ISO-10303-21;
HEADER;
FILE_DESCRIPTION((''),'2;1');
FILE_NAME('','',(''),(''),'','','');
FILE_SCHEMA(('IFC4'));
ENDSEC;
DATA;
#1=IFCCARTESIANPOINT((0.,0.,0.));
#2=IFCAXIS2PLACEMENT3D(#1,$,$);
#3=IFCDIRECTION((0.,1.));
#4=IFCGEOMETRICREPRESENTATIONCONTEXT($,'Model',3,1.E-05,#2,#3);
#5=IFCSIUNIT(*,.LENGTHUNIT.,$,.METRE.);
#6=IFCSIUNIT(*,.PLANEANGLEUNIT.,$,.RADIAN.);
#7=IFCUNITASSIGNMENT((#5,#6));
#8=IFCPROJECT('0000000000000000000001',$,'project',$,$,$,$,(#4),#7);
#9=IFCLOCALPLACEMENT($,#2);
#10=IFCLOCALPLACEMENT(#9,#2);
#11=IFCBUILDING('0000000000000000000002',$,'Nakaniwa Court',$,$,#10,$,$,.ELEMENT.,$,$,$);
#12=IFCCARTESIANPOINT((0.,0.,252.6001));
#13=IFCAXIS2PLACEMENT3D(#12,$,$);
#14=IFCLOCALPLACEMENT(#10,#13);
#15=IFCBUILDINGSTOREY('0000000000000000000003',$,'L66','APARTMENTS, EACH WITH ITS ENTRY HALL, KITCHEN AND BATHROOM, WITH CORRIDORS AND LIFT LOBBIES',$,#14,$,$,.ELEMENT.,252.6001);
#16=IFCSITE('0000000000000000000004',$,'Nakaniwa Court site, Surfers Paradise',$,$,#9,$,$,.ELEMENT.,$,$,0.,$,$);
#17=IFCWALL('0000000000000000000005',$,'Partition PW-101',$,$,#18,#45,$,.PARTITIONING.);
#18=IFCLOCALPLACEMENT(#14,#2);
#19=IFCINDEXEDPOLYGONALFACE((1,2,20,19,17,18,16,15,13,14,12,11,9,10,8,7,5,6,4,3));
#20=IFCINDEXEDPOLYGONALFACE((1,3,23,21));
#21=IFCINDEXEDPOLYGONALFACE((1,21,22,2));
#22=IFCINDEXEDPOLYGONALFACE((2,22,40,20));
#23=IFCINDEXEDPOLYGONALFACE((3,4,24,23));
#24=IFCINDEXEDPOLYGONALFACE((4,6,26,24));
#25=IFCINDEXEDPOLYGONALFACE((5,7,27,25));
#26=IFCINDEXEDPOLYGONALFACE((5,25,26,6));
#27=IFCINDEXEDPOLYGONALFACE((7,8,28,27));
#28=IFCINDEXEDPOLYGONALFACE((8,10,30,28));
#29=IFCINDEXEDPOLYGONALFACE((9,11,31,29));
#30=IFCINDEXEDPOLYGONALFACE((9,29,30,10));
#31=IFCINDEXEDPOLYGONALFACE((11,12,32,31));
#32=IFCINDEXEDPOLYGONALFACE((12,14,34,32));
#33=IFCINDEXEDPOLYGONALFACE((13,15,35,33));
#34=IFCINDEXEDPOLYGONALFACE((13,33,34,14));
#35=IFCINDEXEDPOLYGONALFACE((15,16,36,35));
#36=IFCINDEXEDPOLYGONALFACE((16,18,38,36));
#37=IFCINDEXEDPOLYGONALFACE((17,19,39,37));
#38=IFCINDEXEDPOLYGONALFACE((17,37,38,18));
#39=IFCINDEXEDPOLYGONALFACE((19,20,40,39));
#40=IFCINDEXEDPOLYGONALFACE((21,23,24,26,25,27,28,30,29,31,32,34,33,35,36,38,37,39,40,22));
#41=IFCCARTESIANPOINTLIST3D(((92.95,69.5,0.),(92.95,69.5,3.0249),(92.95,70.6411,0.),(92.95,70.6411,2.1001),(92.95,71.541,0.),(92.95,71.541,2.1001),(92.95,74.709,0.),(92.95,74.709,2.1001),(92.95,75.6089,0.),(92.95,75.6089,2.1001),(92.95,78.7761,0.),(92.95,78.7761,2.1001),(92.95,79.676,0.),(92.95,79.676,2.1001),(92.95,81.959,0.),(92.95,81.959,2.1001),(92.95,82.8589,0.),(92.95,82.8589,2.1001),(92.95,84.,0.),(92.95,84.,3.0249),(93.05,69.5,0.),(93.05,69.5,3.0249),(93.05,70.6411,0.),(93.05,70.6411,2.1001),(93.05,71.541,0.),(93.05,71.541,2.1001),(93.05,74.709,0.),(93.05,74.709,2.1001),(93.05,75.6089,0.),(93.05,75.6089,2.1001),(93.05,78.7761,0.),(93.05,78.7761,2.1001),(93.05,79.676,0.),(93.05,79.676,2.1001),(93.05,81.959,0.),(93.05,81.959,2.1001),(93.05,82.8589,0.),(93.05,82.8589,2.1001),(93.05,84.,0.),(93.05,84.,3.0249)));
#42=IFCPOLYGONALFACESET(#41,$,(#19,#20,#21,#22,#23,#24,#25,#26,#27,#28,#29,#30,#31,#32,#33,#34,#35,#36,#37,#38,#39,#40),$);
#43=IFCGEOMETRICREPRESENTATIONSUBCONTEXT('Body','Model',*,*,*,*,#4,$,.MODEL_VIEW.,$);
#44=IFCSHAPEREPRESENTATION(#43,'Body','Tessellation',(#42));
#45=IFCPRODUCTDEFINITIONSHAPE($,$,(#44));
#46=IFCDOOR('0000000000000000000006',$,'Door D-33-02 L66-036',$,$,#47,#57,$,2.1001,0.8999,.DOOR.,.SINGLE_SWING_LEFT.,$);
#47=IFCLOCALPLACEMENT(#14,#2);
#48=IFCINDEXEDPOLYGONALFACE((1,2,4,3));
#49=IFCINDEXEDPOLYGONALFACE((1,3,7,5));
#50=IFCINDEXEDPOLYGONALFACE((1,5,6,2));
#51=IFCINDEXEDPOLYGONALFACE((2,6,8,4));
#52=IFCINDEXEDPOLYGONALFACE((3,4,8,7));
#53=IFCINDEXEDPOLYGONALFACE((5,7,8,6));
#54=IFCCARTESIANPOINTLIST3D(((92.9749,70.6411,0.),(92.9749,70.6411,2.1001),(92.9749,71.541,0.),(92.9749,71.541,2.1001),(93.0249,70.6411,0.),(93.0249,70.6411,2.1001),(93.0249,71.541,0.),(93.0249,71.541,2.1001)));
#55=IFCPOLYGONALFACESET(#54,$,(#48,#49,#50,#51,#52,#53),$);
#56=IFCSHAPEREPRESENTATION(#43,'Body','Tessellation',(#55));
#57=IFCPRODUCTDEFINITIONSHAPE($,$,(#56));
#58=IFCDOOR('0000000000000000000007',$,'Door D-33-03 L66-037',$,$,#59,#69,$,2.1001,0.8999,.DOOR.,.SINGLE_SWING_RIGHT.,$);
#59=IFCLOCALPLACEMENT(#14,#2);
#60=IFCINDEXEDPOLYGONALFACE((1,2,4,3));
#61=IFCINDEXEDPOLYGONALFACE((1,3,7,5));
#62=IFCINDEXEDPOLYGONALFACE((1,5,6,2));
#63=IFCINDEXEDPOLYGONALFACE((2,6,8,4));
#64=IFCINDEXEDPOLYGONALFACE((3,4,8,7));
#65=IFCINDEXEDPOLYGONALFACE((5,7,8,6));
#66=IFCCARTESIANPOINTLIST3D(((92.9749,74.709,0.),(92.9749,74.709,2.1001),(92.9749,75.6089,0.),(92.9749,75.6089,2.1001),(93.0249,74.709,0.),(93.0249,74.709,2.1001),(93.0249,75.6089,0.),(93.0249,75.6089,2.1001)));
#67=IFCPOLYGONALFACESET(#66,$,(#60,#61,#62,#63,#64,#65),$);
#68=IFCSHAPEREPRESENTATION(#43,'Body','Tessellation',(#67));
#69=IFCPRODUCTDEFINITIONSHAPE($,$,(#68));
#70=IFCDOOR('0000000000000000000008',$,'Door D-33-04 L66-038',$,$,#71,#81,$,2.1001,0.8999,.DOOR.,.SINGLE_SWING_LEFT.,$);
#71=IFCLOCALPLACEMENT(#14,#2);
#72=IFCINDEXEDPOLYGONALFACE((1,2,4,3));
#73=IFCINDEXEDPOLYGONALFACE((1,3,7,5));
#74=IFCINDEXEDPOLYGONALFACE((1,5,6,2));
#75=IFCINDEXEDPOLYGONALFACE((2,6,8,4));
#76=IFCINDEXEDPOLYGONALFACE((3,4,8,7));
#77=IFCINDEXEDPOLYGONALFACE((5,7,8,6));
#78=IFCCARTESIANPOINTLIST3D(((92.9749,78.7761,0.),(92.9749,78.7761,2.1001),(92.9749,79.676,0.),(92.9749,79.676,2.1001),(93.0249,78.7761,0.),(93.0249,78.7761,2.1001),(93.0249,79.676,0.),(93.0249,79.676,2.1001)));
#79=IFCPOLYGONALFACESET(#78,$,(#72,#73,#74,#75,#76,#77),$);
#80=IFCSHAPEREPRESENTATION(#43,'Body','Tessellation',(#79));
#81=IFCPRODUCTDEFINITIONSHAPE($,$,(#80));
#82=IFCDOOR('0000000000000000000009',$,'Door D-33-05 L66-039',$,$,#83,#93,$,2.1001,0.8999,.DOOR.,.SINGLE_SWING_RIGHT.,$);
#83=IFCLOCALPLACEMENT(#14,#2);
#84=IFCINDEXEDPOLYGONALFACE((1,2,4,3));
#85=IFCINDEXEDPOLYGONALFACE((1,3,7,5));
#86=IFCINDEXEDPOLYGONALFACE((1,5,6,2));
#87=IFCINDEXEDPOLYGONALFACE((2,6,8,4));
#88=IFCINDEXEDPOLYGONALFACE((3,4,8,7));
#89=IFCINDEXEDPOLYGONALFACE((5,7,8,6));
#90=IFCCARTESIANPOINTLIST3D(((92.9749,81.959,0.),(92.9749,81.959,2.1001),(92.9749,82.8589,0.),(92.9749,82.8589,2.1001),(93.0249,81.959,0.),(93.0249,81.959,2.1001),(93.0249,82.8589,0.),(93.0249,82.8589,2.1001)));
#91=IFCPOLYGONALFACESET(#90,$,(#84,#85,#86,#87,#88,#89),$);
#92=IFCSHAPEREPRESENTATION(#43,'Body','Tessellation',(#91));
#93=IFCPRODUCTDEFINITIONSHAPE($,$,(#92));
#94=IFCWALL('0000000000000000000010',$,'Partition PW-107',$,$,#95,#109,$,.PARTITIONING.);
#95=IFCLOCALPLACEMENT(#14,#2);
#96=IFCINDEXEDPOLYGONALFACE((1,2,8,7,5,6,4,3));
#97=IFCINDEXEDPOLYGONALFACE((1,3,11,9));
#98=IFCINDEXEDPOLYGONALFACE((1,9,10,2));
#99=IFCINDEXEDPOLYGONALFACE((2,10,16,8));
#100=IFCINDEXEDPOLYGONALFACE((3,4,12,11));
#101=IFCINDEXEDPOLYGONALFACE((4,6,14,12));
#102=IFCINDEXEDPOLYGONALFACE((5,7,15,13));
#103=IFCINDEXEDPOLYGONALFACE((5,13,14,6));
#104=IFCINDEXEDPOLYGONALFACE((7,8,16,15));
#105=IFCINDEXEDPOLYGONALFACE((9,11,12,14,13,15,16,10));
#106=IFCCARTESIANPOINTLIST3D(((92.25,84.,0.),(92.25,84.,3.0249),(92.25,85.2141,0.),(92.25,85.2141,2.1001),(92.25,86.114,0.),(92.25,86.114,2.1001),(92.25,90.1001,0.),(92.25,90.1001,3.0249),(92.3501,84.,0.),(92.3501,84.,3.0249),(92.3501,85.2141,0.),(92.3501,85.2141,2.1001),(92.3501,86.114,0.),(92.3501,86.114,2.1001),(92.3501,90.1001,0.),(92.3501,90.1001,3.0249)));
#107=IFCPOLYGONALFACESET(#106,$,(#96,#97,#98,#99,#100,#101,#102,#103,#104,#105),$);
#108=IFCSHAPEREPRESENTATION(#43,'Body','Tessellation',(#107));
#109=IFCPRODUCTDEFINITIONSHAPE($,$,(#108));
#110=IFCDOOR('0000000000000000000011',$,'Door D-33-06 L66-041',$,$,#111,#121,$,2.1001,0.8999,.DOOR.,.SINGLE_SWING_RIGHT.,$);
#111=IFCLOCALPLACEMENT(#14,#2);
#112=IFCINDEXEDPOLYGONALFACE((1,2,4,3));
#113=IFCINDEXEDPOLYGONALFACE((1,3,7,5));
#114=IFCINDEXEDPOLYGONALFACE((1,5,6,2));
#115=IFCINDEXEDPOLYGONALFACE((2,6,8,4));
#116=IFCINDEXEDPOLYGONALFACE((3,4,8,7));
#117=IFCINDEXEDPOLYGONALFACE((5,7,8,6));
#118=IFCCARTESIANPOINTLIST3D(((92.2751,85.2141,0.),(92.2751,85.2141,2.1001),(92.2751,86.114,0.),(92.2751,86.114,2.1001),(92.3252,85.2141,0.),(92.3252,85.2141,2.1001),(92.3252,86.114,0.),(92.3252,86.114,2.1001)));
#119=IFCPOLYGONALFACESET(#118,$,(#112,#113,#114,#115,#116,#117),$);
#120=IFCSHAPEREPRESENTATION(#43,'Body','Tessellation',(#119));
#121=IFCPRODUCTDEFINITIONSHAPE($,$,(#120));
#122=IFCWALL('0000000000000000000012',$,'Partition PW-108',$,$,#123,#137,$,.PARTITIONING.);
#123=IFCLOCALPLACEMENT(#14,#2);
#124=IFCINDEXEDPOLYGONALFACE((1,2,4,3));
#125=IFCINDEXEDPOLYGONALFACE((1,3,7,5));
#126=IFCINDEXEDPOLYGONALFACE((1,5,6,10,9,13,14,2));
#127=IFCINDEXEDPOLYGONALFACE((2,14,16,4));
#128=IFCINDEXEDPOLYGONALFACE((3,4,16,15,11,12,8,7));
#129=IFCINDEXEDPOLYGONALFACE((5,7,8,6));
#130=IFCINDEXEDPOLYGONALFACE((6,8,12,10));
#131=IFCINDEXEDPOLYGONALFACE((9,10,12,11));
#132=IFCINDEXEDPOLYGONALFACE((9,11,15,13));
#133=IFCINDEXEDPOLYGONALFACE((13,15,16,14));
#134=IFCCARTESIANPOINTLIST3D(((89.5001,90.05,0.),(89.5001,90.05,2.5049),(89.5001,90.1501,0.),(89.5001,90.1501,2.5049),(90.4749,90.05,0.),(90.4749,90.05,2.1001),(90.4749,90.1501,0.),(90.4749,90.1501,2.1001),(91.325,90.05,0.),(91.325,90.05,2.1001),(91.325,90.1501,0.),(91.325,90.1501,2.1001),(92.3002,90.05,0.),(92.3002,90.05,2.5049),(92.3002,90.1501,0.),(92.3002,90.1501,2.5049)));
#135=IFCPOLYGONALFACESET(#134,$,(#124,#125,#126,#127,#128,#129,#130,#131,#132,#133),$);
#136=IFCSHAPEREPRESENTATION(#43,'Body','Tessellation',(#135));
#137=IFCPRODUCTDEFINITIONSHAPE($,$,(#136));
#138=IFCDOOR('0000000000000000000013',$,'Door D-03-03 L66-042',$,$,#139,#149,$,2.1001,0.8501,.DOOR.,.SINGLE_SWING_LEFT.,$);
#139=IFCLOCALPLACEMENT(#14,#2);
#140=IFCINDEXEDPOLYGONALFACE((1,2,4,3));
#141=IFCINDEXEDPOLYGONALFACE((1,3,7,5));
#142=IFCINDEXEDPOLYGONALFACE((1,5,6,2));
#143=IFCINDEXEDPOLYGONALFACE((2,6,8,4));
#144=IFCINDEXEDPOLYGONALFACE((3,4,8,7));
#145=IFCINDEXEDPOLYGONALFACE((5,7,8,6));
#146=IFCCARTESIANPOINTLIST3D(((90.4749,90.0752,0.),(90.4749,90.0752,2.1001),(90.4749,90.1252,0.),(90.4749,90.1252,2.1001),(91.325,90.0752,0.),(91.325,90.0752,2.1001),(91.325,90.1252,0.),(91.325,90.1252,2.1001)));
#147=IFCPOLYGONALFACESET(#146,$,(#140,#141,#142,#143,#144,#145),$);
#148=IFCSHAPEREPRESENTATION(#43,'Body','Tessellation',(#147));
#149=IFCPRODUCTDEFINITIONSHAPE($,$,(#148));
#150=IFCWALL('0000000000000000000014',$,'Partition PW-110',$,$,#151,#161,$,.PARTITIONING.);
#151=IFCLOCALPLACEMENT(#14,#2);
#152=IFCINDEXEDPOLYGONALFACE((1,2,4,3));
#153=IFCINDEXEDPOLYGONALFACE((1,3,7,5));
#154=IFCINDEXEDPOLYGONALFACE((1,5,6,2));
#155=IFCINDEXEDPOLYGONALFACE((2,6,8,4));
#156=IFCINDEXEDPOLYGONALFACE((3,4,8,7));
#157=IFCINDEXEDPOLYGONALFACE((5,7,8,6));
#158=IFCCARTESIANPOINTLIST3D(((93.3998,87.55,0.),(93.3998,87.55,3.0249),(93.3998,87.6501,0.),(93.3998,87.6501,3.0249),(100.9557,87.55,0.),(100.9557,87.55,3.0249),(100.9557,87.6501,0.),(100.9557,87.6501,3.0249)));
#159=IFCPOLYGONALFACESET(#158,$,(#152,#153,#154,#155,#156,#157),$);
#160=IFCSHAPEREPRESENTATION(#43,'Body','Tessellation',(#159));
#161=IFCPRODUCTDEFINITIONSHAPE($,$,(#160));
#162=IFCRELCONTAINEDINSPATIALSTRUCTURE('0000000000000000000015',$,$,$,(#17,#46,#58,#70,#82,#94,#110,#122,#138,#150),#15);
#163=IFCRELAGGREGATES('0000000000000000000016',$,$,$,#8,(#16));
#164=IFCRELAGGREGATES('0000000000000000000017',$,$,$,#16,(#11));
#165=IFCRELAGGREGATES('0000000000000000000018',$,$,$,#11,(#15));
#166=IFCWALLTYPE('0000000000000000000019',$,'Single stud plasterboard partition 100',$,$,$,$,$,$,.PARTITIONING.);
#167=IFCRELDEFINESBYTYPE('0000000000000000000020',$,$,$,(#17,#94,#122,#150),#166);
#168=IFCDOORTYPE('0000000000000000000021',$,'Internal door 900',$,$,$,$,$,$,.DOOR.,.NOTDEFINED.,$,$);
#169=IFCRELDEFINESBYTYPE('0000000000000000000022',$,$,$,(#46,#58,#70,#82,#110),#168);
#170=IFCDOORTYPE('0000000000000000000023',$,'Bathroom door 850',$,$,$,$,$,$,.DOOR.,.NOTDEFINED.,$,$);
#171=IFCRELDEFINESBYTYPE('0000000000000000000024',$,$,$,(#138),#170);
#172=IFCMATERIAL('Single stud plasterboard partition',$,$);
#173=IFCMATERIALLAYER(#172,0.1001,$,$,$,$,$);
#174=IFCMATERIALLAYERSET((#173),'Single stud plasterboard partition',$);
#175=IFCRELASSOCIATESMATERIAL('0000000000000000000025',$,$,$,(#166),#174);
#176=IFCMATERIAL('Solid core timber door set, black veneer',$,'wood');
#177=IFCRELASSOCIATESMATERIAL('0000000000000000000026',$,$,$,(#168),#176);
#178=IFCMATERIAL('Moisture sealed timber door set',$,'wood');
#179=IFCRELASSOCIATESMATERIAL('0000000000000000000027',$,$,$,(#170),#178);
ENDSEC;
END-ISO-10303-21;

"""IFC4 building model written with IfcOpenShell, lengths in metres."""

from ifc_helpers import new_model, si_unit, direction, frame, frame_2d, origin, place, context, subcontext, project, spatial, rectangle, extrude, material, layer, layer_set, type_object, element, fill, save


model = new_model("IFC4")

# Units and contexts
model_context = context("Model", 3, precision=1e-05, world=origin(), true_north=direction((0.0, 1.0)))
body_context = subcontext(model_context, "Body", "Model", "MODEL_VIEW")
ifc_project = project(units=[si_unit("LENGTHUNIT", "METRE"), si_unit("PLANEANGLEUNIT", "RADIAN")], contexts=[model_context])

# Site, building, storey
site_placement = place(None, origin())
site = spatial("IfcSite", under=ifc_project, at=site_placement, Name="Nakaniwa Court site, Surfers Paradise", CompositionType="ELEMENT", RefElevation=0.0)
building_placement = place(site_placement, origin())
building = spatial("IfcBuilding", under=site, at=building_placement, Name="Nakaniwa Court", CompositionType="ELEMENT")
storey_placement = place(building_placement, frame((0.0, 0.0, 252.6001)))
storey = spatial("IfcBuildingStorey", under=building, at=storey_placement, Name="L66", Description="APARTMENTS, EACH WITH ITS ENTRY HALL, KITCHEN AND BATHROOM, WITH CORRIDORS AND LIFT LOBBIES", CompositionType="ELEMENT", Elevation=252.6001)

# Wall, openings, doors
ifc_material_1 = material(Name="Single stud plasterboard partition")
ifc_layer_1 = layer(ifc_material_1, 0.1001)
ifc_layer_set_1 = layer_set([ifc_layer_1], Name="Single stud plasterboard partition")
wall_type_1 = type_object("IfcWallType", Name="Single stud plasterboard partition 100", PredefinedType="PARTITIONING", material=ifc_layer_set_1)
wall_1_placement = place(storey_placement, frame((93.0, 84.0, 0.0), z_axis=(0.0, 0.0, 1.0), x_axis=(0.0, -1.0, 0.0)))
wall_1 = element("IfcWall", 1, at=wall_1_placement, inside=storey, type_object=wall_type_1, Name="Partition PW-101", PredefinedType="PARTITIONING", context=body_context, shape_type="SweptSolid", body=[
    extrude(rectangle(XDim=14.5, YDim=0.1001, at=frame_2d((7.25, 0.0))), origin(), (0.0, 0.0, 1.0), 3.0249),
])
opening_1_placement = place(wall_1_placement, frame((12.459, 0.0, 0.0)))
opening_1 = element("IfcOpeningElement", 2, at=opening_1_placement, cuts=wall_1, PredefinedType="OPENING", context=body_context, shape_type="SweptSolid", body=[
    extrude(rectangle(XDim=0.8999, YDim=2.1001, at=frame_2d((0.45, 1.05))), frame((0.0, 0.0601, 0.0), z_axis=(0.0, -1.0, 0.0), x_axis=(1.0, 0.0, 0.0)), (0.0, 0.0, 1.0), 0.1201),
])
opening_2_placement = place(wall_1_placement, frame((8.3911, 0.0, 0.0)))
opening_2 = element("IfcOpeningElement", 3, at=opening_2_placement, cuts=wall_1, PredefinedType="OPENING", context=body_context, shape_type="SweptSolid", body=[
    extrude(rectangle(XDim=0.8999, YDim=2.1001, at=frame_2d((0.45, 1.05))), frame((0.0, 0.0601, 0.0), z_axis=(0.0, -1.0, 0.0), x_axis=(1.0, 0.0, 0.0)), (0.0, 0.0, 1.0), 0.1201),
])
opening_3_placement = place(wall_1_placement, frame((4.324, 0.0, 0.0)))
opening_3 = element("IfcOpeningElement", 4, at=opening_3_placement, cuts=wall_1, PredefinedType="OPENING", context=body_context, shape_type="SweptSolid", body=[
    extrude(rectangle(XDim=0.8999, YDim=2.1001, at=frame_2d((0.45, 1.05))), frame((0.0, 0.0601, 0.0), z_axis=(0.0, -1.0, 0.0), x_axis=(1.0, 0.0, 0.0)), (0.0, 0.0, 1.0), 0.1201),
])
opening_4_placement = place(wall_1_placement, frame((1.1411, 0.0, 0.0)))
opening_4 = element("IfcOpeningElement", 5, at=opening_4_placement, cuts=wall_1, PredefinedType="OPENING", context=body_context, shape_type="SweptSolid", body=[
    extrude(rectangle(XDim=0.8999, YDim=2.1001, at=frame_2d((0.45, 1.05))), frame((0.0, 0.0601, 0.0), z_axis=(0.0, -1.0, 0.0), x_axis=(1.0, 0.0, 0.0)), (0.0, 0.0, 1.0), 0.1201),
])
ifc_material_2 = material(Name="Solid core timber door set, black veneer", Category="wood")
door_type_1 = type_object("IfcDoorType", Name="Internal door 900", OperationType="NOTDEFINED", PredefinedType="DOOR", material=ifc_material_2)
door_1_placement = place(opening_1_placement, origin())
door_1 = element("IfcDoor", 6, at=door_1_placement, inside=storey, type_object=door_type_1, Name="Door D-33-02 L66-036", OperationType="SINGLE_SWING_LEFT", OverallHeight=2.1001, OverallWidth=0.8999, PredefinedType="DOOR", context=body_context, shape_type="SweptSolid", body=[
    extrude(rectangle(XDim=0.8999, YDim=2.1001, at=frame_2d((0.45, 1.05))), frame((0.0, 0.0249, 0.0), z_axis=(0.0, -1.0, 0.0), x_axis=(1.0, 0.0, 0.0)), (0.0, 0.0, 1.0), 0.05),
])
fill(opening_1, door_1)
door_2_placement = place(opening_2_placement, origin())
door_2 = element("IfcDoor", 7, at=door_2_placement, inside=storey, type_object=door_type_1, Name="Door D-33-03 L66-037", OperationType="SINGLE_SWING_RIGHT", OverallHeight=2.1001, OverallWidth=0.8999, PredefinedType="DOOR", context=body_context, shape_type="SweptSolid", body=[
    extrude(rectangle(XDim=0.8999, YDim=2.1001, at=frame_2d((0.45, 1.05))), frame((0.0, 0.0249, 0.0), z_axis=(0.0, -1.0, 0.0), x_axis=(1.0, 0.0, 0.0)), (0.0, 0.0, 1.0), 0.05),
])
fill(opening_2, door_2)
door_3_placement = place(opening_3_placement, origin())
door_3 = element("IfcDoor", 8, at=door_3_placement, inside=storey, type_object=door_type_1, Name="Door D-33-04 L66-038", OperationType="SINGLE_SWING_LEFT", OverallHeight=2.1001, OverallWidth=0.8999, PredefinedType="DOOR", context=body_context, shape_type="SweptSolid", body=[
    extrude(rectangle(XDim=0.8999, YDim=2.1001, at=frame_2d((0.45, 1.05))), frame((0.0, 0.0249, 0.0), z_axis=(0.0, -1.0, 0.0), x_axis=(1.0, 0.0, 0.0)), (0.0, 0.0, 1.0), 0.05),
])
fill(opening_3, door_3)
door_4_placement = place(opening_4_placement, origin())
door_4 = element("IfcDoor", 9, at=door_4_placement, inside=storey, type_object=door_type_1, Name="Door D-33-05 L66-039", OperationType="SINGLE_SWING_RIGHT", OverallHeight=2.1001, OverallWidth=0.8999, PredefinedType="DOOR", context=body_context, shape_type="SweptSolid", body=[
    extrude(rectangle(XDim=0.8999, YDim=2.1001, at=frame_2d((0.45, 1.05))), frame((0.0, 0.0249, 0.0), z_axis=(0.0, -1.0, 0.0), x_axis=(1.0, 0.0, 0.0)), (0.0, 0.0, 1.0), 0.05),
])
fill(opening_4, door_4)

# Walls, openings, doors
wall_2_placement = place(storey_placement, frame((92.3, 84.0, 0.0), z_axis=(0.0, 0.0, 1.0), x_axis=(0.0, 1.0, 0.0)))
wall_2 = element("IfcWall", 10, at=wall_2_placement, inside=storey, type_object=wall_type_1, Name="Partition PW-107", PredefinedType="PARTITIONING", context=body_context, shape_type="SweptSolid", body=[
    extrude(rectangle(XDim=6.1001, YDim=0.1001, at=frame_2d((3.05, 0.0))), origin(), (0.0, 0.0, 1.0), 3.0249),
])
opening_5_placement = place(wall_2_placement, frame((1.2141, 0.0, 0.0)))
opening_5 = element("IfcOpeningElement", 11, at=opening_5_placement, cuts=wall_2, PredefinedType="OPENING", context=body_context, shape_type="SweptSolid", body=[
    extrude(rectangle(XDim=0.8999, YDim=2.1001, at=frame_2d((0.45, 1.05))), frame((0.0, 0.0601, 0.0), z_axis=(0.0, -1.0, 0.0), x_axis=(1.0, 0.0, 0.0)), (0.0, 0.0, 1.0), 0.1201),
])
door_5_placement = place(opening_5_placement, origin())
door_5 = element("IfcDoor", 12, at=door_5_placement, inside=storey, type_object=door_type_1, Name="Door D-33-06 L66-041", OperationType="SINGLE_SWING_RIGHT", OverallHeight=2.1001, OverallWidth=0.8999, PredefinedType="DOOR", context=body_context, shape_type="SweptSolid", body=[
    extrude(rectangle(XDim=0.8999, YDim=2.1001, at=frame_2d((0.45, 1.05))), frame((0.0, 0.0249, 0.0), z_axis=(0.0, -1.0, 0.0), x_axis=(1.0, 0.0, 0.0)), (0.0, 0.0, 1.0), 0.05),
])
fill(opening_5, door_5)
wall_3_placement = place(storey_placement, frame((92.3, 90.1001, 0.0), z_axis=(0.0, 0.0, 1.0), x_axis=(-1.0, 0.0, 0.0)))
wall_3 = element("IfcWall", 13, at=wall_3_placement, inside=storey, type_object=wall_type_1, Name="Partition PW-108", PredefinedType="PARTITIONING", context=body_context, shape_type="SweptSolid", body=[
    extrude(rectangle(XDim=2.8, YDim=0.1001, at=frame_2d((1.3999, 0.0))), origin(), (0.0, 0.0, 1.0), 2.5049),
])
opening_6_placement = place(wall_3_placement, frame((0.9751, 0.0, 0.0)))
opening_6 = element("IfcOpeningElement", 14, at=opening_6_placement, cuts=wall_3, PredefinedType="OPENING", context=body_context, shape_type="SweptSolid", body=[
    extrude(rectangle(XDim=0.8501, YDim=2.1001, at=frame_2d((0.425, 1.05))), frame((0.0, 0.0601, 0.0), z_axis=(0.0, -1.0, 0.0), x_axis=(1.0, 0.0, 0.0)), (0.0, 0.0, 1.0), 0.1201),
])
ifc_material_3 = material(Name="Moisture sealed timber door set", Category="wood")
door_type_2 = type_object("IfcDoorType", Name="Bathroom door 850", OperationType="NOTDEFINED", PredefinedType="DOOR", material=ifc_material_3)
door_6_placement = place(opening_6_placement, origin())
door_6 = element("IfcDoor", 15, at=door_6_placement, inside=storey, type_object=door_type_2, Name="Door D-03-03 L66-042", OperationType="SINGLE_SWING_LEFT", OverallHeight=2.1001, OverallWidth=0.8501, PredefinedType="DOOR", context=body_context, shape_type="SweptSolid", body=[
    extrude(rectangle(XDim=0.8501, YDim=2.1001, at=frame_2d((0.425, 1.05))), frame((0.0, 0.0249, 0.0), z_axis=(0.0, -1.0, 0.0), x_axis=(1.0, 0.0, 0.0)), (0.0, 0.0, 1.0), 0.05),
])
fill(opening_6, door_6)

# Wall
wall_4_placement = place(storey_placement, frame((93.3999, 87.6001, 0.0), z_axis=(0.0, 0.0, 1.0), x_axis=(1.0, 0.0, 0.0)))
element("IfcWall", 16, at=wall_4_placement, inside=storey, type_object=wall_type_1, Name="Partition PW-110", PredefinedType="PARTITIONING", context=body_context, shape_type="SweptSolid", body=[
    extrude(rectangle(XDim=7.5559, YDim=0.1001, at=frame_2d((3.7778, 0.0))), origin(), (0.0, 0.0, 1.0), 3.0249),
])

save(model, "model.ifc")
